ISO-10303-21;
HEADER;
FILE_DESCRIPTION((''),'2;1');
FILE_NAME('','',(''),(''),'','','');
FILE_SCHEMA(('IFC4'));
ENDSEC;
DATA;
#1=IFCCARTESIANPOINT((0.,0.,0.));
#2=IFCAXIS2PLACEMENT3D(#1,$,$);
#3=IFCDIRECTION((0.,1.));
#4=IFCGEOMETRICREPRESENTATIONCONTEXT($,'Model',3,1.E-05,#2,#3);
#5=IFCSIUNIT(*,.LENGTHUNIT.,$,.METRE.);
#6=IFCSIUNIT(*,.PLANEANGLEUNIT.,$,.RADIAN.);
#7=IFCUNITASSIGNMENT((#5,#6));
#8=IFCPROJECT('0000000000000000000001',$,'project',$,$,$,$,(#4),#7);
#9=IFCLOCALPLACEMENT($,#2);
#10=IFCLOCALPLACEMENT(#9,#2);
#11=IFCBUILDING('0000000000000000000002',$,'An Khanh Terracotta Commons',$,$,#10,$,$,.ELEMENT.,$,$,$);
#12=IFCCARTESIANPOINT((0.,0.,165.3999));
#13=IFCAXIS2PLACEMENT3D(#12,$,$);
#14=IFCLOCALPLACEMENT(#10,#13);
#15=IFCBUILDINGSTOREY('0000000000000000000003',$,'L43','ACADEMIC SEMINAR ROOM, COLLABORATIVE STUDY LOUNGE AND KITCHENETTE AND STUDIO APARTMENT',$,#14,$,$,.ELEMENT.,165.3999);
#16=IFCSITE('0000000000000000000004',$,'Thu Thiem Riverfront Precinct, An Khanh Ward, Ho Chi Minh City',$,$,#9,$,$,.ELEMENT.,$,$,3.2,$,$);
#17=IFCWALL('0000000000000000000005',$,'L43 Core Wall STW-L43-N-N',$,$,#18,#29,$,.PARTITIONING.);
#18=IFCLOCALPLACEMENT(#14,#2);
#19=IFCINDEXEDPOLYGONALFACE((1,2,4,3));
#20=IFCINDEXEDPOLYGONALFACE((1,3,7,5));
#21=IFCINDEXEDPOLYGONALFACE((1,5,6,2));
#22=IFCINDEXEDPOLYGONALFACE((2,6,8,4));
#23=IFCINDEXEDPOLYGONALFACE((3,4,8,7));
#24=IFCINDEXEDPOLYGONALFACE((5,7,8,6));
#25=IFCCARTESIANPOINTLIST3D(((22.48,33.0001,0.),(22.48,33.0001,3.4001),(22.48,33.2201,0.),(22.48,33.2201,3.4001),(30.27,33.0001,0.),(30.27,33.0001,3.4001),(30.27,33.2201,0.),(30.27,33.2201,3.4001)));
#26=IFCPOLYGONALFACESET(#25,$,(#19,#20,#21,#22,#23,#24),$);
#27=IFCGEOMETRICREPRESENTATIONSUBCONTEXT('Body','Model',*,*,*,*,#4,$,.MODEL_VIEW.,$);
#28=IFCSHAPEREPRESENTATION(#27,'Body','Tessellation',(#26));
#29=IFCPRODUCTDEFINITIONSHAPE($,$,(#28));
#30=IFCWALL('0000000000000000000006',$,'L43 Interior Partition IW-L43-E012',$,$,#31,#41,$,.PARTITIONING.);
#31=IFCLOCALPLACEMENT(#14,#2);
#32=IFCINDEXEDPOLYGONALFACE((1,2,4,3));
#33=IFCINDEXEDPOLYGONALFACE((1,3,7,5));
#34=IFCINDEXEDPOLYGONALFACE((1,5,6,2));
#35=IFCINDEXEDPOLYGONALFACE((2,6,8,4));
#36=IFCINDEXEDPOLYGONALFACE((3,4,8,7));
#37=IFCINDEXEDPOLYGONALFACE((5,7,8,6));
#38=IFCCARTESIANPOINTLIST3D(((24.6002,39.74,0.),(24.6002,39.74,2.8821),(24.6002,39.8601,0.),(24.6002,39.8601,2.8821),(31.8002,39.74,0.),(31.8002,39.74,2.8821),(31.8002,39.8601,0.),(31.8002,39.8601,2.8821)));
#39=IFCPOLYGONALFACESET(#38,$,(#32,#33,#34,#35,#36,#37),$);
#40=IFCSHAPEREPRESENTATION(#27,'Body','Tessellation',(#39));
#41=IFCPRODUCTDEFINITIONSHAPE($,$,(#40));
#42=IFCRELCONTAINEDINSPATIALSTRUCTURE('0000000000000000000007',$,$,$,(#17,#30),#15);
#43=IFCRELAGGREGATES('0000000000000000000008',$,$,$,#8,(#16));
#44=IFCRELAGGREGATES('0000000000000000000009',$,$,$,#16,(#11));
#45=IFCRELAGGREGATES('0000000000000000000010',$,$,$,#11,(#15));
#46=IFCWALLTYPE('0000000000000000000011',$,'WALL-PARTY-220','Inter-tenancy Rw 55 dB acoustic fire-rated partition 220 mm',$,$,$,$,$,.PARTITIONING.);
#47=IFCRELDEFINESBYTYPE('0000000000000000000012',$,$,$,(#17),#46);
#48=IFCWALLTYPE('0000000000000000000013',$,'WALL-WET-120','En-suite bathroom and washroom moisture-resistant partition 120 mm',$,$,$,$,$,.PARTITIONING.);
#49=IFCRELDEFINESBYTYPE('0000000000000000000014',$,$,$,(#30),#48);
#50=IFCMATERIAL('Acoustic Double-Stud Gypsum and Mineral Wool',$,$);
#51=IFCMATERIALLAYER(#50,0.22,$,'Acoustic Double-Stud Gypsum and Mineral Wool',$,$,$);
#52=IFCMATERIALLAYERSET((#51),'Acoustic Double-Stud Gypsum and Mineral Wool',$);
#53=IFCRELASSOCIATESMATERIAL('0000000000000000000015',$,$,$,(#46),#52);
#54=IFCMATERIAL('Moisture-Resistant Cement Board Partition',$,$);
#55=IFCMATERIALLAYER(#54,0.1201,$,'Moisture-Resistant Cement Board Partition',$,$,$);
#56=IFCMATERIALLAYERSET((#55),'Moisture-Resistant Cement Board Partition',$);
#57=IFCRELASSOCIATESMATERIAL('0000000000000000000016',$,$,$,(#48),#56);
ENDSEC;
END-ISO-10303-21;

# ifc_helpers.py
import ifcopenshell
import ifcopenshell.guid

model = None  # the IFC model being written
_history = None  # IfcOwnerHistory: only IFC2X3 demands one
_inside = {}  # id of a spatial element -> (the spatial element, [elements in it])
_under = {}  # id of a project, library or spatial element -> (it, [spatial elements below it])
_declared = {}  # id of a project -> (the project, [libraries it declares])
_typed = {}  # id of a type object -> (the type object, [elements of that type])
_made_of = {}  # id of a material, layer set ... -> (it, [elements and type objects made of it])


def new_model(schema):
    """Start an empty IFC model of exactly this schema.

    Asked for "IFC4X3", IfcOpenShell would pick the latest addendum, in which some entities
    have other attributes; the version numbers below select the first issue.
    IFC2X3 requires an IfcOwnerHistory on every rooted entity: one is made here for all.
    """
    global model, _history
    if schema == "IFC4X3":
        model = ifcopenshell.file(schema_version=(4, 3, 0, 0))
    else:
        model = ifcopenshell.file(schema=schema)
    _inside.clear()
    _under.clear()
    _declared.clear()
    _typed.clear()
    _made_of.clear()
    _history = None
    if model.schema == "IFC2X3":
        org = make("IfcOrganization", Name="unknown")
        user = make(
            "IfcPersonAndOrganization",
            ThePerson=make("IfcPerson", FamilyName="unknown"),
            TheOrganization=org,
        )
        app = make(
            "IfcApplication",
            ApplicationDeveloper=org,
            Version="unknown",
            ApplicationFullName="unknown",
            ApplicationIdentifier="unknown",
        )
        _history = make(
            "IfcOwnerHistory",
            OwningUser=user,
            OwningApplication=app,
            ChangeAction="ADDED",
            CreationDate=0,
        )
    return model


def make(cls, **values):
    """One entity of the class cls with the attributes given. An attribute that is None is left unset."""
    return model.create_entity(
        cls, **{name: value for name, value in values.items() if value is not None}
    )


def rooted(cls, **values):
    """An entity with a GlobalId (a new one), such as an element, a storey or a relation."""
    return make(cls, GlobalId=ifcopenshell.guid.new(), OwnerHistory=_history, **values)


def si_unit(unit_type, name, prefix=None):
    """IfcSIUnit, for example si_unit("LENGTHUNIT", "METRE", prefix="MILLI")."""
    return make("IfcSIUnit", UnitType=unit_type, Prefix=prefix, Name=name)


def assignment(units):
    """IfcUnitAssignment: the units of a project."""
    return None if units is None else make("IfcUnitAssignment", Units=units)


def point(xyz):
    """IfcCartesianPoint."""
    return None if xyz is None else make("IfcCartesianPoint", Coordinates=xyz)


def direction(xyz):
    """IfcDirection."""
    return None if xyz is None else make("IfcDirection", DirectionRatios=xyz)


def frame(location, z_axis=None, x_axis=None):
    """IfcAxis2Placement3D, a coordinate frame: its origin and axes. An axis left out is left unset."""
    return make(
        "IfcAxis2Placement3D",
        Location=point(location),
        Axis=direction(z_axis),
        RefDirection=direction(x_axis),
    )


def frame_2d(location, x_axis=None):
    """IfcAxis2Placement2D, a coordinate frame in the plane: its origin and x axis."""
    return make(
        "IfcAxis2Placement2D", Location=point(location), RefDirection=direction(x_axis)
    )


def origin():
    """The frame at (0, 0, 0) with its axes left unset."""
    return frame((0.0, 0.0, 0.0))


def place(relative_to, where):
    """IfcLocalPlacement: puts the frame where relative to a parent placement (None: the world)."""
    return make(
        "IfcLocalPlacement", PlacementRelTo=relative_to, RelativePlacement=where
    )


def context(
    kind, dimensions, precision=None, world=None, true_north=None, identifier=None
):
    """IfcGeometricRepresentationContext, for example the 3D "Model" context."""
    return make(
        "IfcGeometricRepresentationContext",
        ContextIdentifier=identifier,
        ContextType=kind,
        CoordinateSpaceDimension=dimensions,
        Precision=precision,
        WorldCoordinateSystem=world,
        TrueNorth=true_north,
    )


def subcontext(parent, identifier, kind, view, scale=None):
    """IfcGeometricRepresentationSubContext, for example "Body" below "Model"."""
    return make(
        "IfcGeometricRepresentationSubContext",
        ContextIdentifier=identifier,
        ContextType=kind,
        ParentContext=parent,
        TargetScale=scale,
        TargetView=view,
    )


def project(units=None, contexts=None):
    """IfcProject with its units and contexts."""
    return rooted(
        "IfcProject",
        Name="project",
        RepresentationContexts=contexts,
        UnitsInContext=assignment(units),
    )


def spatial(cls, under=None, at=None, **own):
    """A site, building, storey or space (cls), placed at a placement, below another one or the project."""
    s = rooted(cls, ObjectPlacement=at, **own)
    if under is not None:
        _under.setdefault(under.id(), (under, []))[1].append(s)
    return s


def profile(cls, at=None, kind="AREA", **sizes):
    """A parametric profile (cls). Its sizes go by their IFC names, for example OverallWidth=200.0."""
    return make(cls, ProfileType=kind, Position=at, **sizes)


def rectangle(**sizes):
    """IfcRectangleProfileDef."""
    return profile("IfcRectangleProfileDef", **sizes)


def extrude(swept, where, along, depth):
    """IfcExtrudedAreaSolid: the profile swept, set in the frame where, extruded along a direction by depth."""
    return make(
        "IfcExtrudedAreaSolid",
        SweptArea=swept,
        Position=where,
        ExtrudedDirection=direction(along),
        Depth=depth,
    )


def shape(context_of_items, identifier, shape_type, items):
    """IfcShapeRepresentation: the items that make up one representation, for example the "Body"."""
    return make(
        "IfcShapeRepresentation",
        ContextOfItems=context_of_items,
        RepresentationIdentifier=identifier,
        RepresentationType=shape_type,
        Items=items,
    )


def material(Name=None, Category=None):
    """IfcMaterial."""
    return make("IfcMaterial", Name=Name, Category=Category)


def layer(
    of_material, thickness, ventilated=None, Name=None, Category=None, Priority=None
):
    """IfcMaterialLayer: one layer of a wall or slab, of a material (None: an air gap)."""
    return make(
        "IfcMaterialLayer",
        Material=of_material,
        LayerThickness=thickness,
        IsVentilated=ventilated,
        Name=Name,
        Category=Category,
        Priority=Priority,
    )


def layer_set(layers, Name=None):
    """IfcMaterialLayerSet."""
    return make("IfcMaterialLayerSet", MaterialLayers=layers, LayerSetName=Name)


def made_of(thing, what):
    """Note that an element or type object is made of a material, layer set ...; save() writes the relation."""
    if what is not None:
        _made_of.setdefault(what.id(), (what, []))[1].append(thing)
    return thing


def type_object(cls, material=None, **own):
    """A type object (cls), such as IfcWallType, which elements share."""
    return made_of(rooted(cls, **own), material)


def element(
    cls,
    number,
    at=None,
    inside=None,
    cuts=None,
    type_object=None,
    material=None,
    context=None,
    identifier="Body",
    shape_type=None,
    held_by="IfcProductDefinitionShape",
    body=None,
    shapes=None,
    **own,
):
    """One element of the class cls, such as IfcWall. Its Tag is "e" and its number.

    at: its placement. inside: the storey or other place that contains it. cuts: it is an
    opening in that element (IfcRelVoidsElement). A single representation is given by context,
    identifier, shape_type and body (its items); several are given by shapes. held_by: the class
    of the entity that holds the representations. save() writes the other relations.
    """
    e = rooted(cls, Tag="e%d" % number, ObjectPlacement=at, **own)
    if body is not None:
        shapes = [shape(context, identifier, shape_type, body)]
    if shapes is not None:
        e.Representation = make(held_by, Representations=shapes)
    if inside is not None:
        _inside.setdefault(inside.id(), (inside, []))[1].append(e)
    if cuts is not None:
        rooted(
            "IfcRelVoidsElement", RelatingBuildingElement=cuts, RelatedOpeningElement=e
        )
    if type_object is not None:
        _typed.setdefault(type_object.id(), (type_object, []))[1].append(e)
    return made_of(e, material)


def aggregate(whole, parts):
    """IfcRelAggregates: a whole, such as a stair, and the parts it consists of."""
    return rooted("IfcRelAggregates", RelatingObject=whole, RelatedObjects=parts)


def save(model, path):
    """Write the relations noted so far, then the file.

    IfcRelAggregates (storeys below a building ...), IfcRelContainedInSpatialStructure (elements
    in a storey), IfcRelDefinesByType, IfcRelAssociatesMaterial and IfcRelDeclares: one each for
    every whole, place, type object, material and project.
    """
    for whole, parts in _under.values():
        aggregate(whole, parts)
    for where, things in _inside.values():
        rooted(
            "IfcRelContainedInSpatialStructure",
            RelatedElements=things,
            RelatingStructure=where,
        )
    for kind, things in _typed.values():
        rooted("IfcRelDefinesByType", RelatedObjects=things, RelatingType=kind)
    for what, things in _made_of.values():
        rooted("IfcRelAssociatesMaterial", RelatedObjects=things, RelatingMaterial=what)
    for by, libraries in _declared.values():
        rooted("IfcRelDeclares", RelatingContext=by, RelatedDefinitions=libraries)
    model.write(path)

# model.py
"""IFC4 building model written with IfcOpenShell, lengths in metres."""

from ifc_helpers import new_model, si_unit, direction, frame, frame_2d, origin, place, context, subcontext, project, spatial, rectangle, extrude, material, layer, layer_set, type_object, element, save


model = new_model("IFC4")

# Units and contexts
model_context = context("Model", 3, precision=1e-05, world=origin(), true_north=direction((0.0, 1.0)))
body_context = subcontext(model_context, "Body", "Model", "MODEL_VIEW")
ifc_project = project(units=[si_unit("LENGTHUNIT", "METRE"), si_unit("PLANEANGLEUNIT", "RADIAN")], contexts=[model_context])

# Site, building, storey
site_placement = place(None, origin())
site = spatial("IfcSite", under=ifc_project, at=site_placement, Name="Thu Thiem Riverfront Precinct, An Khanh Ward, Ho Chi Minh City", CompositionType="ELEMENT", RefElevation=3.2)
building_placement = place(site_placement, origin())
building = spatial("IfcBuilding", under=site, at=building_placement, Name="An Khanh Terracotta Commons", CompositionType="ELEMENT")
storey_placement = place(building_placement, frame((0.0, 0.0, 165.3999)))
storey = spatial("IfcBuildingStorey", under=building, at=storey_placement, Name="L43", Description="ACADEMIC SEMINAR ROOM, COLLABORATIVE STUDY LOUNGE AND KITCHENETTE AND STUDIO APARTMENT", CompositionType="ELEMENT", Elevation=165.3999)

# Walls
ifc_material_1 = material(Name="Acoustic Double-Stud Gypsum and Mineral Wool")
ifc_layer_1 = layer(ifc_material_1, 0.22, Name="Acoustic Double-Stud Gypsum and Mineral Wool")
ifc_layer_set_1 = layer_set([ifc_layer_1], Name="Acoustic Double-Stud Gypsum and Mineral Wool")
wall_type_1 = type_object("IfcWallType", Name="WALL-PARTY-220", Description="Inter-tenancy Rw 55 dB acoustic fire-rated partition 220 mm", PredefinedType="PARTITIONING", material=ifc_layer_set_1)
wall_1_placement = place(storey_placement, frame((22.48, 33.1101, 0.0), z_axis=(0.0, 0.0, 1.0), x_axis=(1.0, 0.0, 0.0)))
element("IfcWall", 1, at=wall_1_placement, inside=storey, type_object=wall_type_1, Name="L43 Core Wall STW-L43-N-N", PredefinedType="PARTITIONING", context=body_context, shape_type="SweptSolid", body=[
    extrude(rectangle(XDim=7.79, YDim=0.22, at=frame_2d((3.895, 0.0))), origin(), (0.0, 0.0, 1.0), 3.4001),
])
ifc_material_2 = material(Name="Moisture-Resistant Cement Board Partition")
ifc_layer_2 = layer(ifc_material_2, 0.1201, Name="Moisture-Resistant Cement Board Partition")
ifc_layer_set_2 = layer_set([ifc_layer_2], Name="Moisture-Resistant Cement Board Partition")
wall_type_2 = type_object("IfcWallType", Name="WALL-WET-120", Description="En-suite bathroom and washroom moisture-resistant partition 120 mm", PredefinedType="PARTITIONING", material=ifc_layer_set_2)
wall_2_placement = place(storey_placement, frame((24.6001, 39.8, 0.0), z_axis=(0.0, 0.0, 1.0), x_axis=(1.0, 0.0, 0.0)))
element("IfcWall", 2, at=wall_2_placement, inside=storey, type_object=wall_type_2, Name="L43 Interior Partition IW-L43-E012", PredefinedType="PARTITIONING", context=body_context, shape_type="SweptSolid", body=[
    extrude(rectangle(XDim=7.2, YDim=0.1201, at=frame_2d((3.6001, 0.0))), origin(), (0.0, 0.0, 1.0), 2.8821),
])

save(model, "model.ifc")
